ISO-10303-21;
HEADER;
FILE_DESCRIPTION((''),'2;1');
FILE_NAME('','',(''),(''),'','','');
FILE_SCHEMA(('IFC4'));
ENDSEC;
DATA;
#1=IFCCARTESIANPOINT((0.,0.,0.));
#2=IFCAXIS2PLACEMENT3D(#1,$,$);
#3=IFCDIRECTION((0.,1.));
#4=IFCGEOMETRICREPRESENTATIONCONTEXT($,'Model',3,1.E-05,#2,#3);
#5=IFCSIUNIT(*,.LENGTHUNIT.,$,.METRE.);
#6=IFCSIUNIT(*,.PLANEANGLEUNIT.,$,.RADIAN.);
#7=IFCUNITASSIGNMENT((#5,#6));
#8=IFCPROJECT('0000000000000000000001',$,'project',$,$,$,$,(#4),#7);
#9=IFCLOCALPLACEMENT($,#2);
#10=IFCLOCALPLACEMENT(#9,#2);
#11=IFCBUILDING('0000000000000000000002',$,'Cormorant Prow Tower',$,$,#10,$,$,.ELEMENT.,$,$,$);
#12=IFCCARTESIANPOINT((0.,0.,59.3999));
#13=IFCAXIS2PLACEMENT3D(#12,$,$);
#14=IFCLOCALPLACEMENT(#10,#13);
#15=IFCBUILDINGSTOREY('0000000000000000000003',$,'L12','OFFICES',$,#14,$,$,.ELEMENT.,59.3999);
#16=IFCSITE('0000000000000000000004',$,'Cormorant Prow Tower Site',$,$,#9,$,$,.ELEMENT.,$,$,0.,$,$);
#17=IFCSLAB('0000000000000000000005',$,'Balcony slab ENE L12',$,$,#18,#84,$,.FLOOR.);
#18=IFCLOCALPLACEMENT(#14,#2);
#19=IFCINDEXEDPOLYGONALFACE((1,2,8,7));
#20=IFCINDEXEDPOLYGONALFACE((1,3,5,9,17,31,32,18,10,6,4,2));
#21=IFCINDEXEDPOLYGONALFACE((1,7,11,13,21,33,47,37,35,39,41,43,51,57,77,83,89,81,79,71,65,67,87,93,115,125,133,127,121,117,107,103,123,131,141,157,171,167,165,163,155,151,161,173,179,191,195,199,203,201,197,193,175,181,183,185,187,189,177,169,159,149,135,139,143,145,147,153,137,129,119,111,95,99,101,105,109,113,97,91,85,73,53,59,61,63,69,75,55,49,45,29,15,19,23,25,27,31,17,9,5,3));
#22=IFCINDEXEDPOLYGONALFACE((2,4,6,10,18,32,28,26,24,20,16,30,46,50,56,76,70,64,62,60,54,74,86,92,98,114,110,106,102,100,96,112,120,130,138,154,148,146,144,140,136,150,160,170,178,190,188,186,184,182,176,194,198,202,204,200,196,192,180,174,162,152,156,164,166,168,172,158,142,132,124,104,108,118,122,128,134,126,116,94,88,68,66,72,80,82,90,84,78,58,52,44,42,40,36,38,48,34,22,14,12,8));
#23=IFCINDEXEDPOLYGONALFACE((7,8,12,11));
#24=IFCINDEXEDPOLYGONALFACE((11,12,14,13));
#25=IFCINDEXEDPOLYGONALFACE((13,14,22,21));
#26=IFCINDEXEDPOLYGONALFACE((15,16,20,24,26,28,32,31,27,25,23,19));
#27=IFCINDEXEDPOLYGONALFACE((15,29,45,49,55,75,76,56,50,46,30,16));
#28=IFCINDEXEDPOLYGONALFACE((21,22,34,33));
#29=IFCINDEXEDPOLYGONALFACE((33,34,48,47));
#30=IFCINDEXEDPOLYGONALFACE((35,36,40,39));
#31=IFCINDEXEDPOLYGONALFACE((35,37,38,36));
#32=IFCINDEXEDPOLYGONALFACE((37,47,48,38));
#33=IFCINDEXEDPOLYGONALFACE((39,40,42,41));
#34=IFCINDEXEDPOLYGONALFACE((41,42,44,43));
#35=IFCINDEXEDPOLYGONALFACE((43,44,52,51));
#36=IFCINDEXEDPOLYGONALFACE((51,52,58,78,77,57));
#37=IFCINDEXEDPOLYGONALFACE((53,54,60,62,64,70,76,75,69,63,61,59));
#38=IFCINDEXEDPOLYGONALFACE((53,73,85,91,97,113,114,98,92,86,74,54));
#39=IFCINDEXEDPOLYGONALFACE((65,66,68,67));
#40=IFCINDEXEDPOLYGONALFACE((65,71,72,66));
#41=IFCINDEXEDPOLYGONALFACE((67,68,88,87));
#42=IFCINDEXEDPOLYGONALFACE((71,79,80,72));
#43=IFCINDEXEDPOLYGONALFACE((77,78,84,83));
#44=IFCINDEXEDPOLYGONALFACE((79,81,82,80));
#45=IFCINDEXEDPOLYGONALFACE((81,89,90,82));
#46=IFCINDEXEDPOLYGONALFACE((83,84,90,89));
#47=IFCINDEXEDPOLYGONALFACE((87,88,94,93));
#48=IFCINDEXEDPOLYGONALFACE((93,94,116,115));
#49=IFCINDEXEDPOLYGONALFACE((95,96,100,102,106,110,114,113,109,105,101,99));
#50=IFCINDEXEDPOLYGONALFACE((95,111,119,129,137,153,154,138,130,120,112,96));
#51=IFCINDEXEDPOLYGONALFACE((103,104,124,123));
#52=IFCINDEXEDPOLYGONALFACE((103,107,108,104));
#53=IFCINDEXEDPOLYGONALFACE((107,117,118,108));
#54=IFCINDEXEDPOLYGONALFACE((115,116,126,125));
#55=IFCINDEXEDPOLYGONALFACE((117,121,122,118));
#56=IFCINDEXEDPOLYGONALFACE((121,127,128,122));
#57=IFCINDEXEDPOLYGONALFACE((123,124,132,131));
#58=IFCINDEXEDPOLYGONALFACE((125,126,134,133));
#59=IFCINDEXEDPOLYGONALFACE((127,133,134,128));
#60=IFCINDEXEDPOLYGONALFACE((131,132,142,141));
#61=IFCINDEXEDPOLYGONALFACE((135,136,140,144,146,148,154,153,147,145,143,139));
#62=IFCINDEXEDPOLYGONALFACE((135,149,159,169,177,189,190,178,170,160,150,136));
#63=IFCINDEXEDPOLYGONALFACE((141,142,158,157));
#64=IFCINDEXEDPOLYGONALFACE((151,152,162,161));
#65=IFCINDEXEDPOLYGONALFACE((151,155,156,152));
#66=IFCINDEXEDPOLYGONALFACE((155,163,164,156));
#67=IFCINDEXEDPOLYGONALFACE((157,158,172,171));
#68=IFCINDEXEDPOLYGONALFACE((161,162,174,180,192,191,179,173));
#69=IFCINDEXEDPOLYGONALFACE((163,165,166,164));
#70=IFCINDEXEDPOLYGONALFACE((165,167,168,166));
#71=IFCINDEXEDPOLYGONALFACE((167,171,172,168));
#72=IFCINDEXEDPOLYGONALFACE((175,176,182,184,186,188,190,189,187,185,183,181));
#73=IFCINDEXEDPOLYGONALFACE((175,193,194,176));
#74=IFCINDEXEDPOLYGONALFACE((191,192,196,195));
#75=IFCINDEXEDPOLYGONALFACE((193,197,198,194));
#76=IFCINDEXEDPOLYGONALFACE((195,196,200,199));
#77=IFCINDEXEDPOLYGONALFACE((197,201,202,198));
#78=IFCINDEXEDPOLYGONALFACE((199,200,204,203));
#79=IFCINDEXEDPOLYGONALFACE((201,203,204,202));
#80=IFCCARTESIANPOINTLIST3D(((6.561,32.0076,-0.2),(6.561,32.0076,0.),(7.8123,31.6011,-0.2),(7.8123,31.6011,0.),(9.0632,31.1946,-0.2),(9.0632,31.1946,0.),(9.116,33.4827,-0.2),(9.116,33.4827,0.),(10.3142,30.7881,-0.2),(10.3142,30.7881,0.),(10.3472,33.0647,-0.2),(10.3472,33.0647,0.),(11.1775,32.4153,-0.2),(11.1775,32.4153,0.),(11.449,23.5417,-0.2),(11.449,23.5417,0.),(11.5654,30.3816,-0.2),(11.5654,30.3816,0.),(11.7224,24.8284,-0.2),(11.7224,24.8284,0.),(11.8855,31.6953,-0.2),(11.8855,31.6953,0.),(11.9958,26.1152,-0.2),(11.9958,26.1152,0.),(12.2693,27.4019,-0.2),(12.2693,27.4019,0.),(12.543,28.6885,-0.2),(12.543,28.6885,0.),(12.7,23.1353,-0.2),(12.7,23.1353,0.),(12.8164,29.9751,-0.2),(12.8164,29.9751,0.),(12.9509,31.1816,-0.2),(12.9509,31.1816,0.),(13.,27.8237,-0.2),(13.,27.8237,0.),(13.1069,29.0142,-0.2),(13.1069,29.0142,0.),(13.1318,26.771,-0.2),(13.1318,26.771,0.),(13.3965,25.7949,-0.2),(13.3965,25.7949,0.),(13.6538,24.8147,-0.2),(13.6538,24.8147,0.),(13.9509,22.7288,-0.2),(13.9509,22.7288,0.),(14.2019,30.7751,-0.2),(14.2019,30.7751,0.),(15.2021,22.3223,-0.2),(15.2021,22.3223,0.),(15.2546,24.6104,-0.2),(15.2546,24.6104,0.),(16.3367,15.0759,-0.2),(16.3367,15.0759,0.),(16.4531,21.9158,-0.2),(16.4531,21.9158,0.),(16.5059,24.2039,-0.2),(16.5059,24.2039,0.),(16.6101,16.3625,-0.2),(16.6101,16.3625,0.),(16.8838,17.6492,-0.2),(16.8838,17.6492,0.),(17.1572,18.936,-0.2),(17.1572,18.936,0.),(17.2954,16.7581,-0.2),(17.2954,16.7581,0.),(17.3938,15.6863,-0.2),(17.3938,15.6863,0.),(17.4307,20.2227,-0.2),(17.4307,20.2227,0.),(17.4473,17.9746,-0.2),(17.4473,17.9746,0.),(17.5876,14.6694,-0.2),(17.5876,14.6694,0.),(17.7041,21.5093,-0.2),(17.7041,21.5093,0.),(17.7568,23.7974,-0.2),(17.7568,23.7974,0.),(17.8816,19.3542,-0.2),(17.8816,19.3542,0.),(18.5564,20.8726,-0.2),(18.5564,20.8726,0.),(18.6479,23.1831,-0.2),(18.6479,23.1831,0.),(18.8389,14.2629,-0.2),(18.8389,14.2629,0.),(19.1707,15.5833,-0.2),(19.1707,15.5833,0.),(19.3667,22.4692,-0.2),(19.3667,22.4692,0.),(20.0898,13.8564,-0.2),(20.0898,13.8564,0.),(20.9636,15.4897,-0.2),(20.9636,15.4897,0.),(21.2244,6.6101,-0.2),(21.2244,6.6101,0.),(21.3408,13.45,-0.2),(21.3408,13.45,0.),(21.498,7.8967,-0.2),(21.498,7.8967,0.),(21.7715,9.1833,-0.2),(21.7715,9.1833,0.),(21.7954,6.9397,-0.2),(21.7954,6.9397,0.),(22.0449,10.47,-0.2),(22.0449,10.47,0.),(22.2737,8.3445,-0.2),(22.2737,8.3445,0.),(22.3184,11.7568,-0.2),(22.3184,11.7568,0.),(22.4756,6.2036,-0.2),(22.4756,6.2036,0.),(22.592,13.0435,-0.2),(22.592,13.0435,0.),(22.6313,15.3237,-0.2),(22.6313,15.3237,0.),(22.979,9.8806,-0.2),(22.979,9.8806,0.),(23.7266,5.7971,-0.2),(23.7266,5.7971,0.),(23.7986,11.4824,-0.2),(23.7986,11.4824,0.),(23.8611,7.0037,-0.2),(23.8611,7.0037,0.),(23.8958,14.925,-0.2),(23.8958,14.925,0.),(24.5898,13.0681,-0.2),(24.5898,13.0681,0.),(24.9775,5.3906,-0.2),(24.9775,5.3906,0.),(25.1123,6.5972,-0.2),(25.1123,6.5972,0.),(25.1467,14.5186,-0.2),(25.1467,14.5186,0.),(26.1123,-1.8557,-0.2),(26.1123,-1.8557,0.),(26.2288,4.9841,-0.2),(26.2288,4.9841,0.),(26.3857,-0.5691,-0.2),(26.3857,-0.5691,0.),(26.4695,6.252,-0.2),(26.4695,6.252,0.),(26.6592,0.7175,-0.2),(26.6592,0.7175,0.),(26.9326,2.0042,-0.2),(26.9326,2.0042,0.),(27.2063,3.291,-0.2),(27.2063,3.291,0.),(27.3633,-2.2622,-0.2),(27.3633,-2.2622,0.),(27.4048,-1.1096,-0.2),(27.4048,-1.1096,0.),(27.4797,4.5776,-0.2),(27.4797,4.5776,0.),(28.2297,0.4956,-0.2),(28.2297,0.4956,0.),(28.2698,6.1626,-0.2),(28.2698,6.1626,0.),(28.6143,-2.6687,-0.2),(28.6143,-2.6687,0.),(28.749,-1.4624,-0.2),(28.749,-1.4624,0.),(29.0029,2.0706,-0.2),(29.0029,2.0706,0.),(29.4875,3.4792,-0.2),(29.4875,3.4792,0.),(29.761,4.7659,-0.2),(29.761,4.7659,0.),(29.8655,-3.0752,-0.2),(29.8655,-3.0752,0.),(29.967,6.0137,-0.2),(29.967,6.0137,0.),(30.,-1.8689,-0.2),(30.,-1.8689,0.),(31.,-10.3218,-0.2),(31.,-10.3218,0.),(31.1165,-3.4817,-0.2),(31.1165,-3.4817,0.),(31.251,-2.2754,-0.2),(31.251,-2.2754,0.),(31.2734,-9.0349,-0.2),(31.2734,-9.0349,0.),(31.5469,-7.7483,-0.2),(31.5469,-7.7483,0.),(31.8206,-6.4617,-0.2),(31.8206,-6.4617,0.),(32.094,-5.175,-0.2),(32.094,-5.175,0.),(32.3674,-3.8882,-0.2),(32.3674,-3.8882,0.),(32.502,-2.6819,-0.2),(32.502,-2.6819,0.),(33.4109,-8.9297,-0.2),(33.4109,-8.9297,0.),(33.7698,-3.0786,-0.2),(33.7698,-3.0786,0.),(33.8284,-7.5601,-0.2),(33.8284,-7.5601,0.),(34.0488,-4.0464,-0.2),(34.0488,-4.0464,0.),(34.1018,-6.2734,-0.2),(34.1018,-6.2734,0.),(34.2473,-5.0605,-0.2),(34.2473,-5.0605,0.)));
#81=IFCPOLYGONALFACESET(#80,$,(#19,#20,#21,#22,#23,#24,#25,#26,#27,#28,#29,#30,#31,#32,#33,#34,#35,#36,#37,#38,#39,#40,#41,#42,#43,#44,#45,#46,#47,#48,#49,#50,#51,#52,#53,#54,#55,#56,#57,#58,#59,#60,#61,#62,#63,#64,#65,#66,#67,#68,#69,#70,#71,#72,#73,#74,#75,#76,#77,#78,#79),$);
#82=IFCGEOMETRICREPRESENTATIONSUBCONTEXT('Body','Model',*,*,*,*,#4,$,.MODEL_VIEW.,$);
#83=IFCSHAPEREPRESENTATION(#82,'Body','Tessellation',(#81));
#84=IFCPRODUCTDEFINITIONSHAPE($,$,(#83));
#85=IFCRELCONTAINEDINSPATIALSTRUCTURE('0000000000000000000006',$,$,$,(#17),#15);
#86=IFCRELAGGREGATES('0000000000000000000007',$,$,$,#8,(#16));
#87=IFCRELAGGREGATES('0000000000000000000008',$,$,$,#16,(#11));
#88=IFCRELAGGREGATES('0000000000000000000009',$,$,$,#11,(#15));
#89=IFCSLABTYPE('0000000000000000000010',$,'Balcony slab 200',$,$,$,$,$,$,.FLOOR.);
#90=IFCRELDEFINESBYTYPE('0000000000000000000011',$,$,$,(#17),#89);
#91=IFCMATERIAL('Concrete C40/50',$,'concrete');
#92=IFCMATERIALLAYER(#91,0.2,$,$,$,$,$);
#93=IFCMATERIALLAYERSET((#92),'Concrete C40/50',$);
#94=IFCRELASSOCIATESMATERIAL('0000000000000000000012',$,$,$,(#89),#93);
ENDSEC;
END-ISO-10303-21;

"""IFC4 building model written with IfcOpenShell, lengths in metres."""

from ifc_helpers import new_model, si_unit, direction, frame, origin, place, context, subcontext, project, spatial, polyline, outline, extrude, material, layer, layer_set, type_object, element, save


model = new_model("IFC4")

# Units and contexts
model_context = context("Model", 3, precision=1e-05, world=origin(), true_north=direction((0.0, 1.0)))
body_context = subcontext(model_context, "Body", "Model", "MODEL_VIEW")
ifc_project = project(units=[si_unit("LENGTHUNIT", "METRE"), si_unit("PLANEANGLEUNIT", "RADIAN")], contexts=[model_context])

# Site, building, storey
site_placement = place(None, origin())
site = spatial("IfcSite", under=ifc_project, at=site_placement, Name="Cormorant Prow Tower Site", CompositionType="ELEMENT", RefElevation=0.0)
building_placement = place(site_placement, origin())
building = spatial("IfcBuilding", under=site, at=building_placement, Name="Cormorant Prow Tower", CompositionType="ELEMENT")
storey_placement = place(building_placement, frame((0.0, 0.0, 59.3999)))
storey = spatial("IfcBuildingStorey", under=building, at=storey_placement, Name="L12", Description="OFFICES", CompositionType="ELEMENT", Elevation=59.3999)

# Slab
ifc_material_1 = material(Name="Concrete C40/50", Category="concrete")
ifc_layer_1 = layer(ifc_material_1, 0.2)
ifc_layer_set_1 = layer_set([ifc_layer_1], Name="Concrete C40/50")
slab_type_1 = type_object("IfcSlabType", Name="Balcony slab 200", PredefinedType="FLOOR", material=ifc_layer_set_1)
slab_1_placement = place(storey_placement, frame((0.0, 0.0, -0.2)))
element("IfcSlab", 1, at=slab_1_placement, inside=storey, type_object=slab_type_1, Name="Balcony slab ENE L12", PredefinedType="FLOOR", context=body_context, shape_type="SweptSolid", body=[
    extrude(outline(polyline([(31.0, -10.3218), (33.4109, -8.9297), (33.8284, -7.5601), (34.1018, -6.2734), (34.2473, -5.0605), (34.0488, -4.0464), (33.7698, -3.0786), (32.502, -2.6819), (31.251, -2.2754), (30.0, -1.8689), (28.749, -1.4624), (27.4048, -1.1096), (28.2297, 0.4956), (29.0029, 2.0706), (29.4875, 3.4792), (29.761, 4.7659), (29.967, 6.0137), (28.2698, 6.1626), (26.4695, 6.252), (25.1123, 6.5972), (23.8611, 7.0037), (21.7954, 6.9397), (22.2737, 8.3445), (22.979, 9.8806), (23.7986, 11.4824), (24.5898, 13.0681), (25.1467, 14.5186), (23.8958, 14.925), (22.6313, 15.3237), (20.9636, 15.4897), (19.1707, 15.5833), (17.3938, 15.6863), (17.2954, 16.7581), (17.4473, 17.9746), (17.8816, 19.3542), (18.5564, 20.8726), (19.3667, 22.4692), (18.6479, 23.1831), (17.7568, 23.7974), (16.5059, 24.2039), (15.2546, 24.6104), (13.6538, 24.8147), (13.3965, 25.7949), (13.1318, 26.771), (13.0, 27.8237), (13.1069, 29.0142), (14.2019, 30.7751), (12.9509, 31.1816), (11.8855, 31.6953), (11.1775, 32.4153), (10.3472, 33.0647), (9.116, 33.4827), (6.561, 32.0076), (7.8123, 31.6011), (9.0632, 31.1946), (10.3142, 30.7881), (11.5654, 30.3816), (12.8164, 29.9751), (12.543, 28.6885), (12.2693, 27.4019), (11.9958, 26.1152), (11.7224, 24.8284), (11.449, 23.5417), (12.7, 23.1353), (13.9509, 22.7288), (15.2021, 22.3223), (16.4531, 21.9158), (17.7041, 21.5093), (17.4307, 20.2227), (17.1572, 18.936), (16.8838, 17.6492), (16.6101, 16.3625), (16.3367, 15.0759), (17.5876, 14.6694), (18.8389, 14.2629), (20.0898, 13.8564), (21.3408, 13.45), (22.592, 13.0435), (22.3184, 11.7568), (22.0449, 10.47), (21.7715, 9.1833), (21.498, 7.8967), (21.2244, 6.6101), (22.4756, 6.2036), (23.7266, 5.7971), (24.9775, 5.3906), (26.2288, 4.9841), (27.4797, 4.5776), (27.2063, 3.291), (26.9326, 2.0042), (26.6592, 0.7175), (26.3857, -0.5691), (26.1123, -1.8557), (27.3633, -2.2622), (28.6143, -2.6687), (29.8655, -3.0752), (31.1165, -3.4817), (32.3674, -3.8882), (32.094, -5.175), (31.8206, -6.4617), (31.5469, -7.7483), (31.2734, -9.0349), (31.0, -10.3218)])), origin(), (0.0, 0.0, 1.0), 0.2),
])

save(model, "model.ifc")
